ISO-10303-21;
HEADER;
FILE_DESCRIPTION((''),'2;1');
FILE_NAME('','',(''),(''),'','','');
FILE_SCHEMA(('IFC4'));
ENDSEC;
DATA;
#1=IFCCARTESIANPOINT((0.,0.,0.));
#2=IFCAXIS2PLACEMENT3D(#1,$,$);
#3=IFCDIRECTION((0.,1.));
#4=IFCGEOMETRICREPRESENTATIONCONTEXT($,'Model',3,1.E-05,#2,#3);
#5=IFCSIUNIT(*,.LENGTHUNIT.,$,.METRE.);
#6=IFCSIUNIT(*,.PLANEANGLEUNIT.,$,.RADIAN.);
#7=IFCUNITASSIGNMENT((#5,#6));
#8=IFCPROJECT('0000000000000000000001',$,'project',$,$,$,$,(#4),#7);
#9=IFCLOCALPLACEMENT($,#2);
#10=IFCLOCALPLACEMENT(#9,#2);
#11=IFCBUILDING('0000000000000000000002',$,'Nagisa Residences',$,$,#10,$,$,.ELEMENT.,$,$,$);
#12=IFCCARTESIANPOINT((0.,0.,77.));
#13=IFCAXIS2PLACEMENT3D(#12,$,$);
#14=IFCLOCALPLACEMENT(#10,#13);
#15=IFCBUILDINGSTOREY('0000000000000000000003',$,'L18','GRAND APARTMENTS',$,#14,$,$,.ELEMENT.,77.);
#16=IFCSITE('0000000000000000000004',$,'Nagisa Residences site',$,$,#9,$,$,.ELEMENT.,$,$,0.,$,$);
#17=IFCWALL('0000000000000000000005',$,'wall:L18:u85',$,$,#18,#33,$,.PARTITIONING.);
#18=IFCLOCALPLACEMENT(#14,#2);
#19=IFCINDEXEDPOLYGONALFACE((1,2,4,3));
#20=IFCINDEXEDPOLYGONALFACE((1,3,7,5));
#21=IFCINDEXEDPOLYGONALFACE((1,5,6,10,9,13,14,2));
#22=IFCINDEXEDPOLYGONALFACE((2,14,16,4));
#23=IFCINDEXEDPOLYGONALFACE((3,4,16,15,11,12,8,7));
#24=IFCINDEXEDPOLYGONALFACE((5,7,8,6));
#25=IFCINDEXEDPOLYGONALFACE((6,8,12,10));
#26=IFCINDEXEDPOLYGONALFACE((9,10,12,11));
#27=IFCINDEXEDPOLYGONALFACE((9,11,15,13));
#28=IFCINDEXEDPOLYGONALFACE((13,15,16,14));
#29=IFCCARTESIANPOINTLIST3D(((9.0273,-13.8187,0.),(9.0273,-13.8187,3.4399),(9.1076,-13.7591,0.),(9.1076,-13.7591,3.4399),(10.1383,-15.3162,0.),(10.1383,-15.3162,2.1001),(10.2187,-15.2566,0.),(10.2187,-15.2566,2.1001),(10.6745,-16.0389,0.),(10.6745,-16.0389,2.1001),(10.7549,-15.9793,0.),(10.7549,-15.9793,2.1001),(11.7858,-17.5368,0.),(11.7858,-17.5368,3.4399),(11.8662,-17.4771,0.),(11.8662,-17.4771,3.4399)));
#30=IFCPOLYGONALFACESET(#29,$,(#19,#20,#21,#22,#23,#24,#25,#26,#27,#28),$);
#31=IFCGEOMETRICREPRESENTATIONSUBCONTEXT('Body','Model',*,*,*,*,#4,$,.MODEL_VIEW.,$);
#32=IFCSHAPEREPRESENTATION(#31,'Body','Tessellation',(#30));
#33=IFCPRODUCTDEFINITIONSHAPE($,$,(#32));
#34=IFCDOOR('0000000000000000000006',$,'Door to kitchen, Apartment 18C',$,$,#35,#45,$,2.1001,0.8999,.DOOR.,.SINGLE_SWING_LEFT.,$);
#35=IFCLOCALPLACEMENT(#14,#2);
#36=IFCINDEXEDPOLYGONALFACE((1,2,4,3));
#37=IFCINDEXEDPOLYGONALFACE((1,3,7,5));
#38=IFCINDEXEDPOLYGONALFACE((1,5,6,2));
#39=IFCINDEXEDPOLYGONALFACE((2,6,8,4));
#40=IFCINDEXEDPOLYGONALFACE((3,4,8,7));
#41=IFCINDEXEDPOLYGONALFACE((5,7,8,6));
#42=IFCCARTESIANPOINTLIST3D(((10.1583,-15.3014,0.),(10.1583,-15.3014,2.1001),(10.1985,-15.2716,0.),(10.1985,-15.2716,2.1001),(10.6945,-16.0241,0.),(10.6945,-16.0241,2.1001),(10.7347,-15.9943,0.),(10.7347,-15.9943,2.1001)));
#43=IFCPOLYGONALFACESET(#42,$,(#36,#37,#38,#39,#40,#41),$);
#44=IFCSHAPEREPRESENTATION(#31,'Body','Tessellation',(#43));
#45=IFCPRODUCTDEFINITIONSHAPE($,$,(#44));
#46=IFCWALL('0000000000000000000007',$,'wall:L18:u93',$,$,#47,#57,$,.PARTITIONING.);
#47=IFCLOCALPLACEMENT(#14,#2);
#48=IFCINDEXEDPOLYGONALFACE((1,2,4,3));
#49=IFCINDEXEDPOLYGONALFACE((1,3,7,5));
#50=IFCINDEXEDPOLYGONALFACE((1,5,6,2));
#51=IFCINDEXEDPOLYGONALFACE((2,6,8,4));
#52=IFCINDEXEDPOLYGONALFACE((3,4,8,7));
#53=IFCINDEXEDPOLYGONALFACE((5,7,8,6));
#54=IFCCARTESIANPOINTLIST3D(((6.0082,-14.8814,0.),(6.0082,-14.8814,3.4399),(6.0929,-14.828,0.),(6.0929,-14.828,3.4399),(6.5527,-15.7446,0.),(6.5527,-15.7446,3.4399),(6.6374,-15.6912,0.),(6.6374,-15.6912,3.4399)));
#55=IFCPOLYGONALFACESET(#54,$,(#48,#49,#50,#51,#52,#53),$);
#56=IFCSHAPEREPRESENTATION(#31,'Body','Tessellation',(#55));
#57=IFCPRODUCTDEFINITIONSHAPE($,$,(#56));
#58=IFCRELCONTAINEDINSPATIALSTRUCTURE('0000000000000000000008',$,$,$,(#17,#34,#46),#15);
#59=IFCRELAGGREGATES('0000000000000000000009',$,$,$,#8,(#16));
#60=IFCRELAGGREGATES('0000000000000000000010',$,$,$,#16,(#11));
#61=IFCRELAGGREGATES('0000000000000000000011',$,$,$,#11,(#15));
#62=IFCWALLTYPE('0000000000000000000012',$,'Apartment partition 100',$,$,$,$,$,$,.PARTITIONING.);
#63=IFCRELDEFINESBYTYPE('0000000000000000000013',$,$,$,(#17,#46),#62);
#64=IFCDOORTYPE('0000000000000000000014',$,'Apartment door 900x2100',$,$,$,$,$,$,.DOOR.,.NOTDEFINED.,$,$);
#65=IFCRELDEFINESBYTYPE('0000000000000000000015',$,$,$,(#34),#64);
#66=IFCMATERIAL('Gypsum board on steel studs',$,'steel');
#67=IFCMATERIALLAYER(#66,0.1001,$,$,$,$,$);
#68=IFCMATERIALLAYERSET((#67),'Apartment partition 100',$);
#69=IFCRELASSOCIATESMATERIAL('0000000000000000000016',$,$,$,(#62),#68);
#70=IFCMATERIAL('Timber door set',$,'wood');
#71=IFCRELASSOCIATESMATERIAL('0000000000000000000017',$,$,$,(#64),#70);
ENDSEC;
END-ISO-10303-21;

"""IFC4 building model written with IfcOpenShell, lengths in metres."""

from ifc_helpers import new_model, si_unit, direction, frame, frame_2d, origin, place, context, subcontext, project, spatial, rectangle, extrude, material, layer, layer_set, type_object, element, fill, save


model = new_model("IFC4")

# Units and contexts
model_context = context("Model", 3, precision=1e-05, world=origin(), true_north=direction((0.0, 1.0)))
body_context = subcontext(model_context, "Body", "Model", "MODEL_VIEW")
ifc_project = project(units=[si_unit("LENGTHUNIT", "METRE"), si_unit("PLANEANGLEUNIT", "RADIAN")], contexts=[model_context])

# Site, building, storey
site_placement = place(None, origin())
site = spatial("IfcSite", under=ifc_project, at=site_placement, Name="Nagisa Residences site", CompositionType="ELEMENT", RefElevation=0.0)
building_placement = place(site_placement, origin())
building = spatial("IfcBuilding", under=site, at=building_placement, Name="Nagisa Residences", CompositionType="ELEMENT")
storey_placement = place(building_placement, frame((0.0, 0.0, 77.0)))
storey = spatial("IfcBuildingStorey", under=building, at=storey_placement, Name="L18", Description="GRAND APARTMENTS", CompositionType="ELEMENT", Elevation=77.0)

# Shared definitions
ifc_material_1 = material(Name="Gypsum board on steel studs", Category="steel")
ifc_layer_1 = layer(ifc_material_1, 0.1001)
ifc_layer_set_1 = layer_set([ifc_layer_1], Name="Apartment partition 100")
wall_type_1 = type_object("IfcWallType", Name="Apartment partition 100", PredefinedType="PARTITIONING", material=ifc_layer_set_1)
ifc_material_2 = material(Name="Timber door set", Category="wood")
door_type_1 = type_object("IfcDoorType", Name="Apartment door 900x2100", OperationType="NOTDEFINED", PredefinedType="DOOR", material=ifc_material_2)

# Wall, opening, door
wall_1_placement = place(storey_placement, frame((9.0674, -13.7888, 0.0), z_axis=(0.0, 0.0, 1.0), x_axis=(0.595849, -0.803096, 0.0)))
wall_1 = element("IfcWall", 1, at=wall_1_placement, inside=storey, type_object=wall_type_1, Name="wall:L18:u85", PredefinedType="PARTITIONING", context=body_context, shape_type="SweptSolid", body=[
    extrude(rectangle(XDim=4.6296, YDim=0.1001, at=frame_2d((2.3149, 0.0))), origin(), (0.0, 0.0, 1.0), 3.4399),
])
opening_1_placement = place(wall_1_placement, frame((1.8647, 0.0, 0.0)))
opening_1 = element("IfcOpeningElement", 2, at=opening_1_placement, cuts=wall_1, PredefinedType="OPENING", context=body_context, shape_type="SweptSolid", body=[
    extrude(rectangle(XDim=0.8999, YDim=2.1001, at=frame_2d((0.45, 1.05))), frame((0.0, 0.0601, 0.0), z_axis=(0.0, -1.0, 0.0), x_axis=(1.0, 0.0, 0.0)), (0.0, 0.0, 1.0), 0.1201),
])
door_1_placement = place(opening_1_placement, origin())
door_1 = element("IfcDoor", 3, at=door_1_placement, inside=storey, type_object=door_type_1, Name="Door to kitchen, Apartment 18C", OperationType="SINGLE_SWING_LEFT", OverallHeight=2.1001, OverallWidth=0.8999, PredefinedType="DOOR", context=body_context, shape_type="SweptSolid", body=[
    extrude(rectangle(XDim=0.8999, YDim=2.1001, at=frame_2d((0.45, 1.05))), frame((0.0, 0.0249, 0.0), z_axis=(0.0, -1.0, 0.0), x_axis=(1.0, 0.0, 0.0)), (0.0, 0.0, 1.0), 0.05),
])
fill(opening_1, door_1)

# Wall
wall_2_placement = place(storey_placement, frame((6.0505, -14.8547, 0.0), z_axis=(0.0, 0.0, 1.0), x_axis=(0.533543, -0.845773, 0.0)))
element("IfcWall", 4, at=wall_2_placement, inside=storey, type_object=wall_type_1, Name="wall:L18:u93", PredefinedType="PARTITIONING", context=body_context, shape_type="SweptSolid", body=[
    extrude(rectangle(XDim=1.0205, YDim=0.1001, at=frame_2d((0.5103, 0.0))), origin(), (0.0, 0.0, 1.0), 3.4399),
])

save(model, "model.ifc")
